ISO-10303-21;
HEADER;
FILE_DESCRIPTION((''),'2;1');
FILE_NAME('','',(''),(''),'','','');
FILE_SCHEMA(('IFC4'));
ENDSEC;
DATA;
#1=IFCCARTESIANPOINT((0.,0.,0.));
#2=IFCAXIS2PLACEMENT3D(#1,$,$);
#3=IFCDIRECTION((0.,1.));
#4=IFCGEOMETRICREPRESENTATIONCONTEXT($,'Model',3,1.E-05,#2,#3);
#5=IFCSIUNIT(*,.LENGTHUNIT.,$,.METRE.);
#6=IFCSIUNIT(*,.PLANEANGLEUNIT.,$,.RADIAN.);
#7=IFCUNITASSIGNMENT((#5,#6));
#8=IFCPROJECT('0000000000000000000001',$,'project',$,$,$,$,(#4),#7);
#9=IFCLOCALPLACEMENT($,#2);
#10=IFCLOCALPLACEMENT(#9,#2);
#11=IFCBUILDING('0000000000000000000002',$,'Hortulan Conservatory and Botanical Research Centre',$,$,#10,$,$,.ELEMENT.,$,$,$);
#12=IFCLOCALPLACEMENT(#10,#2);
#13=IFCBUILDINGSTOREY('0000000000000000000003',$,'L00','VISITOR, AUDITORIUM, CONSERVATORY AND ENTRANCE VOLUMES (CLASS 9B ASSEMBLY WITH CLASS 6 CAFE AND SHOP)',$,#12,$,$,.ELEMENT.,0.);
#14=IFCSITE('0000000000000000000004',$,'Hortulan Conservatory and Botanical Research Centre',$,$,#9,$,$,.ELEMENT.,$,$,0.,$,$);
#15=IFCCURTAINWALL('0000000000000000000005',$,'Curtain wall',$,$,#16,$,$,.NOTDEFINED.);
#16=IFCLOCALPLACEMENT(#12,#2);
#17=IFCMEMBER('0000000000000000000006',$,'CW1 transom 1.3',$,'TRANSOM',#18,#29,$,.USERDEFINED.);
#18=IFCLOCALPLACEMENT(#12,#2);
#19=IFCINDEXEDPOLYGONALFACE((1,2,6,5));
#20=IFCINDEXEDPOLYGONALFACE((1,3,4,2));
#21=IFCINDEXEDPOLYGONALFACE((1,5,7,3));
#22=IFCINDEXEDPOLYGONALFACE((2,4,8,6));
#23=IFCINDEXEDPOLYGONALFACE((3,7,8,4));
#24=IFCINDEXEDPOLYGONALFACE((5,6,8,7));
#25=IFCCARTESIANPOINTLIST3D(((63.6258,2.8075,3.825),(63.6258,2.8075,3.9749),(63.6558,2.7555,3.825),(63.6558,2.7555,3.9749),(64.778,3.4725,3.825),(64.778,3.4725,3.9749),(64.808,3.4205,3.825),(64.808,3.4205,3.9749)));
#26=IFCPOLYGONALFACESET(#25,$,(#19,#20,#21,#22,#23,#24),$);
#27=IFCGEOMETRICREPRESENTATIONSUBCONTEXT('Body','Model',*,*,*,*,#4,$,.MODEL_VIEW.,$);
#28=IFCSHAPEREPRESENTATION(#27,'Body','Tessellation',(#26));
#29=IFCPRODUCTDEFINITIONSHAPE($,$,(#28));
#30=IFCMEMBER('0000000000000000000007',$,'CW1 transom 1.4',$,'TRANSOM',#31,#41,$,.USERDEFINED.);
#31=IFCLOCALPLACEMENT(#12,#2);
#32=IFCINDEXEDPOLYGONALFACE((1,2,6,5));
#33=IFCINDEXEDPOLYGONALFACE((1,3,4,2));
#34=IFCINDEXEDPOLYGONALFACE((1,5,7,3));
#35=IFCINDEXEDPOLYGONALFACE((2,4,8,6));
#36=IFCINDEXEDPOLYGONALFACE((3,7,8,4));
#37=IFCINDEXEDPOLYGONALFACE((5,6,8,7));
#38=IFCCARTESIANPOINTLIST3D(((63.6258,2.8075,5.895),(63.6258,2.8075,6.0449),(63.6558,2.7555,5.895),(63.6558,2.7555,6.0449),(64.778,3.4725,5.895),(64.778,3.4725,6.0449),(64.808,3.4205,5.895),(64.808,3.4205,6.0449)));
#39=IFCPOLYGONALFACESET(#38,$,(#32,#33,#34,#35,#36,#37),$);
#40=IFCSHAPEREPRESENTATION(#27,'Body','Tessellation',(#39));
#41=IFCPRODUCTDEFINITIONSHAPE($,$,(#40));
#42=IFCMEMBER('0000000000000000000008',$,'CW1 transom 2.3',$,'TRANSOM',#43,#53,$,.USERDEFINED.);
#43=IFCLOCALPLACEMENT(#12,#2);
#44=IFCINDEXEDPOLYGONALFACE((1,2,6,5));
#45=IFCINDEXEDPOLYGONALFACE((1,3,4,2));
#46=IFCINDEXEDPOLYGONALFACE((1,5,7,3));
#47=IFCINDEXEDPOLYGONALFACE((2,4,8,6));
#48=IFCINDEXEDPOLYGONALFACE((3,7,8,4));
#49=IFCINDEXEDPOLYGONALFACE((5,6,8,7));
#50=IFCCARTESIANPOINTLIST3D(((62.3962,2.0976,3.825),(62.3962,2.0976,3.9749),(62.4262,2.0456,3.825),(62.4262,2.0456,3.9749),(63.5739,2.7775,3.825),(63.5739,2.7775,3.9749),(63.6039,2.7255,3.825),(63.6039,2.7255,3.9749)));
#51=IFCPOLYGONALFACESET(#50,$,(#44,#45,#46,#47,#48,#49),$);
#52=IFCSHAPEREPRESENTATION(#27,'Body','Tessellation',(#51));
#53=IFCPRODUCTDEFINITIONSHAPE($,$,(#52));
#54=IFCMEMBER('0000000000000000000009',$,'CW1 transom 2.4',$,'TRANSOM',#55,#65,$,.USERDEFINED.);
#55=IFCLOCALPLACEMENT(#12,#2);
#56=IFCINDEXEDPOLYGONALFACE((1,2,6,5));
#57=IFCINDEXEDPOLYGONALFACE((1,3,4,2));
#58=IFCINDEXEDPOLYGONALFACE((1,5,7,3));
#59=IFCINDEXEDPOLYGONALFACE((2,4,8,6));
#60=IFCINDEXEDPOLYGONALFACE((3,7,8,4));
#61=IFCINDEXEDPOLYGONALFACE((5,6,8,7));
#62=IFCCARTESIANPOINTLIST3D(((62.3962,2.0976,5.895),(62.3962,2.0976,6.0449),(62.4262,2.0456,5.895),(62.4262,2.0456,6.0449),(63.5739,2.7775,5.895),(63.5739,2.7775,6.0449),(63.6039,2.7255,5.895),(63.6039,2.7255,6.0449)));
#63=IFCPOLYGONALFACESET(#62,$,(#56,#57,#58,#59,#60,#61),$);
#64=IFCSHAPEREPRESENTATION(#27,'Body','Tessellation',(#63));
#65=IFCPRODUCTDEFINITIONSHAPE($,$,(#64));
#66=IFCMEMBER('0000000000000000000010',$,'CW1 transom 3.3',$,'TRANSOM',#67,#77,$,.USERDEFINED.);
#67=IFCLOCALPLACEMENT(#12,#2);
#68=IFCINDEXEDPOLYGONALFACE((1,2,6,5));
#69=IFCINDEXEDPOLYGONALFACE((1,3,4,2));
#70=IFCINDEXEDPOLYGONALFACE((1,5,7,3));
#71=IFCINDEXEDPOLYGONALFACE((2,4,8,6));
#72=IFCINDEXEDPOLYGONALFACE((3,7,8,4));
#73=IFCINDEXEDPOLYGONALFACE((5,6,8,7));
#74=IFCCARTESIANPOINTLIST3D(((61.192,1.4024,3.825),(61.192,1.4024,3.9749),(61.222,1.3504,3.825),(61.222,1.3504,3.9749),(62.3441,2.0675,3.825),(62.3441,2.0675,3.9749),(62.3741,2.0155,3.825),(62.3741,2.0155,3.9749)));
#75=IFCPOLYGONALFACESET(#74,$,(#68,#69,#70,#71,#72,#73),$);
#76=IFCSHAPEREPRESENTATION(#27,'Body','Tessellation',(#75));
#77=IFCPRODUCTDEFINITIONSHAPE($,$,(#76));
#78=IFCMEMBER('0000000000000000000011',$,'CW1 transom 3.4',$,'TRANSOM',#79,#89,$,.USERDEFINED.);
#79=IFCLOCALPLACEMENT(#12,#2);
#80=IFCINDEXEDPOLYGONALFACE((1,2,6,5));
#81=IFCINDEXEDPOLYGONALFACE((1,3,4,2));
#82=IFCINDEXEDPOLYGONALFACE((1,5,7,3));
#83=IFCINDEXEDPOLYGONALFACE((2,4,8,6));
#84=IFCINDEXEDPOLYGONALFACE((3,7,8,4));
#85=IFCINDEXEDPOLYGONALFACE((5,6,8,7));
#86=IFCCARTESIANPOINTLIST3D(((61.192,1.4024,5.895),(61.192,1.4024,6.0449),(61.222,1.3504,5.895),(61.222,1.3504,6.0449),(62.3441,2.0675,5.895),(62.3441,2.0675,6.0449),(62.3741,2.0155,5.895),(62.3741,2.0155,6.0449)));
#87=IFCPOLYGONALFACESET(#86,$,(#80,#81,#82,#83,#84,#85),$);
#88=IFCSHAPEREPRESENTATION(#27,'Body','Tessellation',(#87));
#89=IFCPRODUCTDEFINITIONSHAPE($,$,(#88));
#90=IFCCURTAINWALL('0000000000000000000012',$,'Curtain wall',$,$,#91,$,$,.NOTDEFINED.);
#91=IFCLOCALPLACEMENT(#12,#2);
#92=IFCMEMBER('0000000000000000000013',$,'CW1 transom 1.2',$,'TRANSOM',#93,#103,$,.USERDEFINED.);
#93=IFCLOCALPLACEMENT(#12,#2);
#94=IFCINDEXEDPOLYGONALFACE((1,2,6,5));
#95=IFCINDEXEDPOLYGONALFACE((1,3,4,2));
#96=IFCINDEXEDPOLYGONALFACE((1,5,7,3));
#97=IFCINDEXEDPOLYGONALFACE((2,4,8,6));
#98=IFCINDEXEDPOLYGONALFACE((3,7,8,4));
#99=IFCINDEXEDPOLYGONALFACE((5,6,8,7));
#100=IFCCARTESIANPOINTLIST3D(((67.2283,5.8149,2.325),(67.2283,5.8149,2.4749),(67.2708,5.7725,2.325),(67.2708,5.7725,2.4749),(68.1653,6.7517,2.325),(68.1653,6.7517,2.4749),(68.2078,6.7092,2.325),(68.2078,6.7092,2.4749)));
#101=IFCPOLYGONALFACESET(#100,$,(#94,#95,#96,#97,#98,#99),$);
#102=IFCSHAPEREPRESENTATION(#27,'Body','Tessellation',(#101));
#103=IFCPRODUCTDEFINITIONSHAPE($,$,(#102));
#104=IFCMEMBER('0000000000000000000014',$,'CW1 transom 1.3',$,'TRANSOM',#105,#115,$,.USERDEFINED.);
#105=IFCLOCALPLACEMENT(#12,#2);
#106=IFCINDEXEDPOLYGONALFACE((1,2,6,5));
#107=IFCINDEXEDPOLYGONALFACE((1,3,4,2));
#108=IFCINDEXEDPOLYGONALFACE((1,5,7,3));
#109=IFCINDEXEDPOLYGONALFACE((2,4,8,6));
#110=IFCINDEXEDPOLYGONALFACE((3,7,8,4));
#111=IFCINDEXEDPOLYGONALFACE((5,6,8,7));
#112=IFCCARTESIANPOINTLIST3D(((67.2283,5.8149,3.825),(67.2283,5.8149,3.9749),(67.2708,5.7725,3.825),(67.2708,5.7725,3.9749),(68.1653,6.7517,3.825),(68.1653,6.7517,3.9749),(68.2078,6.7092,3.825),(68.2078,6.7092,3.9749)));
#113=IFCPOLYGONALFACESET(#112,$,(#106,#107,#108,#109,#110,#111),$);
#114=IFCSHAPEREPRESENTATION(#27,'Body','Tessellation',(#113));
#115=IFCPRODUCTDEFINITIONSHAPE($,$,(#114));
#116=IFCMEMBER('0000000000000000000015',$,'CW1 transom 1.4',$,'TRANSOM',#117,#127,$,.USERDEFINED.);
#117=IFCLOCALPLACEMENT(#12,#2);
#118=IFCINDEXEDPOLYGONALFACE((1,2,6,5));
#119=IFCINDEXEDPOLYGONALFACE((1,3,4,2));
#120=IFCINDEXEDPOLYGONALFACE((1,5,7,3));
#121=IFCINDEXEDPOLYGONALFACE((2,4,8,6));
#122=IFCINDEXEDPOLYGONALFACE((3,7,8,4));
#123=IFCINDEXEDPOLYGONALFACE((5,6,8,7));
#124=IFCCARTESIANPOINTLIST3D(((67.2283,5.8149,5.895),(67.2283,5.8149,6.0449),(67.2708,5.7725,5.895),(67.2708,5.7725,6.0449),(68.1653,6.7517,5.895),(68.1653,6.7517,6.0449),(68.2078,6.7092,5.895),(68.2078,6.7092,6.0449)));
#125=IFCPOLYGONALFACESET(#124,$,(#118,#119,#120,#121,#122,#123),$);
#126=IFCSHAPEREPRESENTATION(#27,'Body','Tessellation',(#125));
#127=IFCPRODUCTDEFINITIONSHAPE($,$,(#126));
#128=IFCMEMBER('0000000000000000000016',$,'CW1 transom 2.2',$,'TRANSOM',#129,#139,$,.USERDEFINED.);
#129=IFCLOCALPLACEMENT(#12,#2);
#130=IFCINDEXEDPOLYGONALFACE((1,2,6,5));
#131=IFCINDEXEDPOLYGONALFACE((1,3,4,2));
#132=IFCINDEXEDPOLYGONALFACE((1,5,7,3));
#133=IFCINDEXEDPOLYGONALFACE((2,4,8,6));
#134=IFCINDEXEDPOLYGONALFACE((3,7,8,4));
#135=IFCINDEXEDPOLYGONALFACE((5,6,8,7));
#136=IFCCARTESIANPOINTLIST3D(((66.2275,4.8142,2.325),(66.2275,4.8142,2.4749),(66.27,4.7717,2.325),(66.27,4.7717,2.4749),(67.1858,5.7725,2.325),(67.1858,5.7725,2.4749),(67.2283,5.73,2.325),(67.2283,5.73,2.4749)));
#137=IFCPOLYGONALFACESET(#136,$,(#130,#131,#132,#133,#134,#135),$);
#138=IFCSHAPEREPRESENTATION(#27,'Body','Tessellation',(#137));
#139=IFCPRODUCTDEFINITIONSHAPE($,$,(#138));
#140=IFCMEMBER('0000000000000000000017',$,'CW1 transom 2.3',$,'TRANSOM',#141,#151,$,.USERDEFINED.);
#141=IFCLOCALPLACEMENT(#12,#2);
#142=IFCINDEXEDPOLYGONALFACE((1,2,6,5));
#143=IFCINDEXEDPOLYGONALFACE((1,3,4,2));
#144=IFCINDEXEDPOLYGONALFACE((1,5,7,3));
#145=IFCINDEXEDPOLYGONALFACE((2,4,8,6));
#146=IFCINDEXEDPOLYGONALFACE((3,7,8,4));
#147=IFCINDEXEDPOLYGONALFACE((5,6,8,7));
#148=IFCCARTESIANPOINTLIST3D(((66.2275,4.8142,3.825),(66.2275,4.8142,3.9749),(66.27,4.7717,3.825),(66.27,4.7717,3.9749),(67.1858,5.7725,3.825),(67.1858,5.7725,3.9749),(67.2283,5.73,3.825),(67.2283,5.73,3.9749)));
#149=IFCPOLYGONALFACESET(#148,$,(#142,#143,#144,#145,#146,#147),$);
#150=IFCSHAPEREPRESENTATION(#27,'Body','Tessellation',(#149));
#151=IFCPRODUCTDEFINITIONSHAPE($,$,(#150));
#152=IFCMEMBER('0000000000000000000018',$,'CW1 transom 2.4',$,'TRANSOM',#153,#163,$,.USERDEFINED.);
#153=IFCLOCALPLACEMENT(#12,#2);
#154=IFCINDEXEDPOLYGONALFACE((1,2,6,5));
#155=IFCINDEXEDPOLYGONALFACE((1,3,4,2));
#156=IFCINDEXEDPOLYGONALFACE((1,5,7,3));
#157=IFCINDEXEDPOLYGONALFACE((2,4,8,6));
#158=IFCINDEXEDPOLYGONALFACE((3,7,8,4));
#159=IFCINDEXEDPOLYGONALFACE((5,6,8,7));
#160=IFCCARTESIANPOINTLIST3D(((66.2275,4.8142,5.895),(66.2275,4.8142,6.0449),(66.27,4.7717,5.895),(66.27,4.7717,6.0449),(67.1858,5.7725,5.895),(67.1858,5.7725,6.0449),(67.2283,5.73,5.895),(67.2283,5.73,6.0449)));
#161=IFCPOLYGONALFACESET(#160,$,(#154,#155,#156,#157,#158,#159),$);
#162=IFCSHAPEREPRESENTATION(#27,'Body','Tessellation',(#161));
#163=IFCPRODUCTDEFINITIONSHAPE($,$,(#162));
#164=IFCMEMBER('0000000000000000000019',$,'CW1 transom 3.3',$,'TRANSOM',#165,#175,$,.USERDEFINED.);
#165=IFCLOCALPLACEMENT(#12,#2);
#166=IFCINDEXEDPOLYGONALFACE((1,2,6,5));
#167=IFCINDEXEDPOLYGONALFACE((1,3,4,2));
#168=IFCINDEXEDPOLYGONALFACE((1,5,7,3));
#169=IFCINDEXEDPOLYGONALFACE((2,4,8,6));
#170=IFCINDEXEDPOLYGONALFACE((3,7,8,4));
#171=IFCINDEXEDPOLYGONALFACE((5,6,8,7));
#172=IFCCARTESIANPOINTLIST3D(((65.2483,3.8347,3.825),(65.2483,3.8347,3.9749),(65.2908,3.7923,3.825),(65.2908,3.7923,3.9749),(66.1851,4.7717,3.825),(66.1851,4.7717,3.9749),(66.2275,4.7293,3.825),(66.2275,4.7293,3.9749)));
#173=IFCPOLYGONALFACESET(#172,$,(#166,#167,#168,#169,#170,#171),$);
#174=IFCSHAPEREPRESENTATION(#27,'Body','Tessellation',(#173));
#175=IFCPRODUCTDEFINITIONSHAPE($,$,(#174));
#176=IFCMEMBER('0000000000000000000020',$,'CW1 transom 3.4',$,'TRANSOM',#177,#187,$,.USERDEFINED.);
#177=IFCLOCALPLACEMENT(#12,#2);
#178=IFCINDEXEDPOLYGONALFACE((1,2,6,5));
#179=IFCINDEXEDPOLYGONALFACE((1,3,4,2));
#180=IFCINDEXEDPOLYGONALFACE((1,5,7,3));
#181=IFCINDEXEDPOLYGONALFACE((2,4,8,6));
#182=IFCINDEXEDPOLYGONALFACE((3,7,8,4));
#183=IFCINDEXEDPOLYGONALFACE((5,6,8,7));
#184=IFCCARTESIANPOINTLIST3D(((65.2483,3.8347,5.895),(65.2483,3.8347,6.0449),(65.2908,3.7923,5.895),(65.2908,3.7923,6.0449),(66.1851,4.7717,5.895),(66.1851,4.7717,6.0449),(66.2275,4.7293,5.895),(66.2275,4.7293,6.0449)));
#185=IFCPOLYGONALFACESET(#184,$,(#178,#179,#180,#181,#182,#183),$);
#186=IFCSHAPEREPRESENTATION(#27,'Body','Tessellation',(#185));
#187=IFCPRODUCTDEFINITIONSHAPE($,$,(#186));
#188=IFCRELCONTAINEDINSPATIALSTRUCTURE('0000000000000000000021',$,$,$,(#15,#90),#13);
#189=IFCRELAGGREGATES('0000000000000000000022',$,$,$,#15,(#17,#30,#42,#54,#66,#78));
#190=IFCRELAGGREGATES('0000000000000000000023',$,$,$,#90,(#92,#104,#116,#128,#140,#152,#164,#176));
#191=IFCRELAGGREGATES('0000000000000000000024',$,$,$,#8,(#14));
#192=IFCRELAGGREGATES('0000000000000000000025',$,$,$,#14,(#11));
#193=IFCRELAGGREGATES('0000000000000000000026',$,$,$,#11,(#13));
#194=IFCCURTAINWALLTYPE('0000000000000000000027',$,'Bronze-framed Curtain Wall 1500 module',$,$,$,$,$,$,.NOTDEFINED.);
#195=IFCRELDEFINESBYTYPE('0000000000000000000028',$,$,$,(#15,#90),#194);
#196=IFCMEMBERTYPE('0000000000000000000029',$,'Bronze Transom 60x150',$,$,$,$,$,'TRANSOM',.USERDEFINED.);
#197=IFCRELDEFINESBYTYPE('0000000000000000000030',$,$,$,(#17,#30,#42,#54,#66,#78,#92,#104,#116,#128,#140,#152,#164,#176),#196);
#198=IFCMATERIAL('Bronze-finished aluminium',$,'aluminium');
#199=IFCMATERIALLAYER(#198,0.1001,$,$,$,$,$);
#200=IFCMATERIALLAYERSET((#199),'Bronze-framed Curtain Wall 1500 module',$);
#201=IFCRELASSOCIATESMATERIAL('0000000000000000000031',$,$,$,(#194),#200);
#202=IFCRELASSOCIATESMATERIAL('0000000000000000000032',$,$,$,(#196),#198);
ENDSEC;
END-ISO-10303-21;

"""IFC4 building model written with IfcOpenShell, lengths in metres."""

from ifc_helpers import new_model, si_unit, direction, frame, origin, origin_2d, place, context, subcontext, project, spatial, rectangle, extrude, material, layer, layer_set, material_profile, profile_set, type_object, element, aggregate, save


model = new_model("IFC4")

# Units and contexts
model_context = context("Model", 3, precision=1e-05, world=origin(), true_north=direction((0.0, 1.0)))
body_context = subcontext(model_context, "Body", "Model", "MODEL_VIEW")
ifc_project = project(units=[si_unit("LENGTHUNIT", "METRE"), si_unit("PLANEANGLEUNIT", "RADIAN")], contexts=[model_context])

# Site, building, storey
site_placement = place(None, origin())
site = spatial("IfcSite", under=ifc_project, at=site_placement, Name="Hortulan Conservatory and Botanical Research Centre", CompositionType="ELEMENT", RefElevation=0.0)
building_placement = place(site_placement, origin())
building = spatial("IfcBuilding", under=site, at=building_placement, Name="Hortulan Conservatory and Botanical Research Centre", CompositionType="ELEMENT")
storey_placement = place(building_placement, origin())
storey = spatial("IfcBuildingStorey", under=building, at=storey_placement, Name="L00", Description="VISITOR, AUDITORIUM, CONSERVATORY AND ENTRANCE VOLUMES (CLASS 9B ASSEMBLY WITH CLASS 6 CAFE AND SHOP)", CompositionType="ELEMENT", Elevation=0.0)

# Curtain walls, members
ifc_material_1 = material(Name="Bronze-finished aluminium", Category="aluminium")
ifc_layer_1 = layer(ifc_material_1, 0.1001)
ifc_layer_set_1 = layer_set([ifc_layer_1], Name="Bronze-framed Curtain Wall 1500 module")
curtain_wall_type = type_object("IfcCurtainWallType", Name="Bronze-framed Curtain Wall 1500 module", PredefinedType="NOTDEFINED", material=ifc_layer_set_1)
curtain_wall_1_placement = place(storey_placement, origin())
curtain_wall_1 = element("IfcCurtainWall", 1, at=curtain_wall_1_placement, inside=storey, type_object=curtain_wall_type, Name="Curtain wall", PredefinedType="NOTDEFINED")
ifc_material_profile_1 = material_profile(ifc_material_1, rectangle(XDim=0.0601, YDim=0.1499, at=origin_2d()), Name="Bronze Transom 60x150")
ifc_profile_set_1 = profile_set([ifc_material_profile_1], Name="Bronze-finished aluminium")
member_type = type_object("IfcMemberType", Name="Bronze Transom 60x150", ElementType="TRANSOM", PredefinedType="USERDEFINED", material=ifc_profile_set_1)
member_1_placement = place(storey_placement, frame((64.793, 3.4465, 3.8999), z_axis=(-0.866066, -0.499929, 0.0), x_axis=(0.499929, -0.866066, 0.0)))
member_1 = element("IfcMember", 2, at=member_1_placement, type_object=member_type, Name="CW1 transom 1.3", ObjectType="TRANSOM", PredefinedType="USERDEFINED", context=body_context, shape_type="SweptSolid", body=[
    extrude(rectangle(XDim=0.0601, YDim=0.1499, at=origin_2d()), origin(), (0.0, 0.0, 1.0), 1.3303),
])
member_2_placement = place(storey_placement, frame((64.793, 3.4465, 5.97), z_axis=(-0.866066, -0.499929, 0.0), x_axis=(0.499929, -0.866066, 0.0)))
member_2 = element("IfcMember", 3, at=member_2_placement, type_object=member_type, Name="CW1 transom 1.4", ObjectType="TRANSOM", PredefinedType="USERDEFINED", context=body_context, shape_type="SweptSolid", body=[
    extrude(rectangle(XDim=0.0601, YDim=0.1499, at=origin_2d()), origin(), (0.0, 0.0, 1.0), 1.3303),
])
member_3_placement = place(storey_placement, frame((63.5889, 2.7515, 3.8999), z_axis=(-0.866036, -0.499981, 0.0), x_axis=(0.499981, -0.866036, 0.0)))
member_3 = element("IfcMember", 4, at=member_3_placement, type_object=member_type, Name="CW1 transom 2.3", ObjectType="TRANSOM", PredefinedType="USERDEFINED", context=body_context, shape_type="SweptSolid", body=[
    extrude(rectangle(XDim=0.0601, YDim=0.1499, at=origin_2d()), origin(), (0.0, 0.0, 1.0), 1.3599),
])
member_4_placement = place(storey_placement, frame((63.5889, 2.7515, 5.97), z_axis=(-0.866036, -0.499981, 0.0), x_axis=(0.499981, -0.866036, 0.0)))
member_4 = element("IfcMember", 5, at=member_4_placement, type_object=member_type, Name="CW1 transom 2.4", ObjectType="TRANSOM", PredefinedType="USERDEFINED", context=body_context, shape_type="SweptSolid", body=[
    extrude(rectangle(XDim=0.0601, YDim=0.1499, at=origin_2d()), origin(), (0.0, 0.0, 1.0), 1.3599),
])
member_5_placement = place(storey_placement, frame((62.3591, 2.0415, 3.8999), z_axis=(-0.866066, -0.499929, 0.0), x_axis=(0.499929, -0.866066, 0.0)))
member_5 = element("IfcMember", 6, at=member_5_placement, type_object=member_type, Name="CW1 transom 3.3", ObjectType="TRANSOM", PredefinedType="USERDEFINED", context=body_context, shape_type="SweptSolid", body=[
    extrude(rectangle(XDim=0.0601, YDim=0.1499, at=origin_2d()), origin(), (0.0, 0.0, 1.0), 1.3303),
])
member_6_placement = place(storey_placement, frame((62.3591, 2.0415, 5.97), z_axis=(-0.866066, -0.499929, 0.0), x_axis=(0.499929, -0.866066, 0.0)))
member_6 = element("IfcMember", 7, at=member_6_placement, type_object=member_type, Name="CW1 transom 3.4", ObjectType="TRANSOM", PredefinedType="USERDEFINED", context=body_context, shape_type="SweptSolid", body=[
    extrude(rectangle(XDim=0.0601, YDim=0.1499, at=origin_2d()), origin(), (0.0, 0.0, 1.0), 1.3303),
])
curtain_wall_2_placement = place(storey_placement, origin())
curtain_wall_2 = element("IfcCurtainWall", 8, at=curtain_wall_2_placement, inside=storey, type_object=curtain_wall_type, Name="Curtain wall", PredefinedType="NOTDEFINED")
member_7_placement = place(storey_placement, frame((68.1865, 6.7305, 2.3999), z_axis=(-0.707199, -0.707015, 0.0), x_axis=(0.707015, -0.707199, 0.0)))
member_7 = element("IfcMember", 9, at=member_7_placement, type_object=member_type, Name="CW1 transom 1.2", ObjectType="TRANSOM", PredefinedType="USERDEFINED", context=body_context, shape_type="SweptSolid", body=[
    extrude(rectangle(XDim=0.0601, YDim=0.1499, at=origin_2d()), origin(), (0.0, 0.0, 1.0), 1.325),
])
member_8_placement = place(storey_placement, frame((68.1865, 6.7305, 3.8999), z_axis=(-0.707199, -0.707015, 0.0), x_axis=(0.707015, -0.707199, 0.0)))
member_8 = element("IfcMember", 10, at=member_8_placement, type_object=member_type, Name="CW1 transom 1.3", ObjectType="TRANSOM", PredefinedType="USERDEFINED", context=body_context, shape_type="SweptSolid", body=[
    extrude(rectangle(XDim=0.0601, YDim=0.1499, at=origin_2d()), origin(), (0.0, 0.0, 1.0), 1.325),
])
member_9_placement = place(storey_placement, frame((68.1865, 6.7305, 5.97), z_axis=(-0.707199, -0.707015, 0.0), x_axis=(0.707015, -0.707199, 0.0)))
member_9 = element("IfcMember", 11, at=member_9_placement, type_object=member_type, Name="CW1 transom 1.4", ObjectType="TRANSOM", PredefinedType="USERDEFINED", context=body_context, shape_type="SweptSolid", body=[
    extrude(rectangle(XDim=0.0601, YDim=0.1499, at=origin_2d()), origin(), (0.0, 0.0, 1.0), 1.325),
])
member_10_placement = place(storey_placement, frame((67.207, 5.7512, 2.3999), z_axis=(-0.707107, -0.707107, 0.0), x_axis=(0.707107, -0.707107, 0.0)))
member_10 = element("IfcMember", 12, at=member_10_placement, type_object=member_type, Name="CW1 transom 2.2", ObjectType="TRANSOM", PredefinedType="USERDEFINED", context=body_context, shape_type="SweptSolid", body=[
    extrude(rectangle(XDim=0.0601, YDim=0.1499, at=origin_2d()), origin(), (0.0, 0.0, 1.0), 1.3552),
])
member_11_placement = place(storey_placement, frame((67.207, 5.7512, 3.8999), z_axis=(-0.707107, -0.707107, 0.0), x_axis=(0.707107, -0.707107, 0.0)))
member_11 = element("IfcMember", 13, at=member_11_placement, type_object=member_type, Name="CW1 transom 2.3", ObjectType="TRANSOM", PredefinedType="USERDEFINED", context=body_context, shape_type="SweptSolid", body=[
    extrude(rectangle(XDim=0.0601, YDim=0.1499, at=origin_2d()), origin(), (0.0, 0.0, 1.0), 1.3552),
])
member_12_placement = place(storey_placement, frame((67.207, 5.7512, 5.97), z_axis=(-0.707107, -0.707107, 0.0), x_axis=(0.707107, -0.707107, 0.0)))
member_12 = element("IfcMember", 14, at=member_12_placement, type_object=member_type, Name="CW1 transom 2.4", ObjectType="TRANSOM", PredefinedType="USERDEFINED", context=body_context, shape_type="SweptSolid", body=[
    extrude(rectangle(XDim=0.0601, YDim=0.1499, at=origin_2d()), origin(), (0.0, 0.0, 1.0), 1.3552),
])
member_13_placement = place(storey_placement, frame((66.2063, 4.7505, 3.8999), z_axis=(-0.707015, -0.707199, 0.0), x_axis=(0.707199, -0.707015, 0.0)))
member_13 = element("IfcMember", 15, at=member_13_placement, type_object=member_type, Name="CW1 transom 3.3", ObjectType="TRANSOM", PredefinedType="USERDEFINED", context=body_context, shape_type="SweptSolid", body=[
    extrude(rectangle(XDim=0.0601, YDim=0.1499, at=origin_2d()), origin(), (0.0, 0.0, 1.0), 1.325),
])
member_14_placement = place(storey_placement, frame((66.2063, 4.7505, 5.97), z_axis=(-0.707015, -0.707199, 0.0), x_axis=(0.707199, -0.707015, 0.0)))
member_14 = element("IfcMember", 16, at=member_14_placement, type_object=member_type, Name="CW1 transom 3.4", ObjectType="TRANSOM", PredefinedType="USERDEFINED", context=body_context, shape_type="SweptSolid", body=[
    extrude(rectangle(XDim=0.0601, YDim=0.1499, at=origin_2d()), origin(), (0.0, 0.0, 1.0), 1.325),
])

aggregate(curtain_wall_1, [member_1, member_2, member_3, member_4, member_5, member_6])
aggregate(curtain_wall_2, [member_7, member_8, member_9, member_10, member_11, member_12, member_13, member_14])

save(model, "model.ifc")
